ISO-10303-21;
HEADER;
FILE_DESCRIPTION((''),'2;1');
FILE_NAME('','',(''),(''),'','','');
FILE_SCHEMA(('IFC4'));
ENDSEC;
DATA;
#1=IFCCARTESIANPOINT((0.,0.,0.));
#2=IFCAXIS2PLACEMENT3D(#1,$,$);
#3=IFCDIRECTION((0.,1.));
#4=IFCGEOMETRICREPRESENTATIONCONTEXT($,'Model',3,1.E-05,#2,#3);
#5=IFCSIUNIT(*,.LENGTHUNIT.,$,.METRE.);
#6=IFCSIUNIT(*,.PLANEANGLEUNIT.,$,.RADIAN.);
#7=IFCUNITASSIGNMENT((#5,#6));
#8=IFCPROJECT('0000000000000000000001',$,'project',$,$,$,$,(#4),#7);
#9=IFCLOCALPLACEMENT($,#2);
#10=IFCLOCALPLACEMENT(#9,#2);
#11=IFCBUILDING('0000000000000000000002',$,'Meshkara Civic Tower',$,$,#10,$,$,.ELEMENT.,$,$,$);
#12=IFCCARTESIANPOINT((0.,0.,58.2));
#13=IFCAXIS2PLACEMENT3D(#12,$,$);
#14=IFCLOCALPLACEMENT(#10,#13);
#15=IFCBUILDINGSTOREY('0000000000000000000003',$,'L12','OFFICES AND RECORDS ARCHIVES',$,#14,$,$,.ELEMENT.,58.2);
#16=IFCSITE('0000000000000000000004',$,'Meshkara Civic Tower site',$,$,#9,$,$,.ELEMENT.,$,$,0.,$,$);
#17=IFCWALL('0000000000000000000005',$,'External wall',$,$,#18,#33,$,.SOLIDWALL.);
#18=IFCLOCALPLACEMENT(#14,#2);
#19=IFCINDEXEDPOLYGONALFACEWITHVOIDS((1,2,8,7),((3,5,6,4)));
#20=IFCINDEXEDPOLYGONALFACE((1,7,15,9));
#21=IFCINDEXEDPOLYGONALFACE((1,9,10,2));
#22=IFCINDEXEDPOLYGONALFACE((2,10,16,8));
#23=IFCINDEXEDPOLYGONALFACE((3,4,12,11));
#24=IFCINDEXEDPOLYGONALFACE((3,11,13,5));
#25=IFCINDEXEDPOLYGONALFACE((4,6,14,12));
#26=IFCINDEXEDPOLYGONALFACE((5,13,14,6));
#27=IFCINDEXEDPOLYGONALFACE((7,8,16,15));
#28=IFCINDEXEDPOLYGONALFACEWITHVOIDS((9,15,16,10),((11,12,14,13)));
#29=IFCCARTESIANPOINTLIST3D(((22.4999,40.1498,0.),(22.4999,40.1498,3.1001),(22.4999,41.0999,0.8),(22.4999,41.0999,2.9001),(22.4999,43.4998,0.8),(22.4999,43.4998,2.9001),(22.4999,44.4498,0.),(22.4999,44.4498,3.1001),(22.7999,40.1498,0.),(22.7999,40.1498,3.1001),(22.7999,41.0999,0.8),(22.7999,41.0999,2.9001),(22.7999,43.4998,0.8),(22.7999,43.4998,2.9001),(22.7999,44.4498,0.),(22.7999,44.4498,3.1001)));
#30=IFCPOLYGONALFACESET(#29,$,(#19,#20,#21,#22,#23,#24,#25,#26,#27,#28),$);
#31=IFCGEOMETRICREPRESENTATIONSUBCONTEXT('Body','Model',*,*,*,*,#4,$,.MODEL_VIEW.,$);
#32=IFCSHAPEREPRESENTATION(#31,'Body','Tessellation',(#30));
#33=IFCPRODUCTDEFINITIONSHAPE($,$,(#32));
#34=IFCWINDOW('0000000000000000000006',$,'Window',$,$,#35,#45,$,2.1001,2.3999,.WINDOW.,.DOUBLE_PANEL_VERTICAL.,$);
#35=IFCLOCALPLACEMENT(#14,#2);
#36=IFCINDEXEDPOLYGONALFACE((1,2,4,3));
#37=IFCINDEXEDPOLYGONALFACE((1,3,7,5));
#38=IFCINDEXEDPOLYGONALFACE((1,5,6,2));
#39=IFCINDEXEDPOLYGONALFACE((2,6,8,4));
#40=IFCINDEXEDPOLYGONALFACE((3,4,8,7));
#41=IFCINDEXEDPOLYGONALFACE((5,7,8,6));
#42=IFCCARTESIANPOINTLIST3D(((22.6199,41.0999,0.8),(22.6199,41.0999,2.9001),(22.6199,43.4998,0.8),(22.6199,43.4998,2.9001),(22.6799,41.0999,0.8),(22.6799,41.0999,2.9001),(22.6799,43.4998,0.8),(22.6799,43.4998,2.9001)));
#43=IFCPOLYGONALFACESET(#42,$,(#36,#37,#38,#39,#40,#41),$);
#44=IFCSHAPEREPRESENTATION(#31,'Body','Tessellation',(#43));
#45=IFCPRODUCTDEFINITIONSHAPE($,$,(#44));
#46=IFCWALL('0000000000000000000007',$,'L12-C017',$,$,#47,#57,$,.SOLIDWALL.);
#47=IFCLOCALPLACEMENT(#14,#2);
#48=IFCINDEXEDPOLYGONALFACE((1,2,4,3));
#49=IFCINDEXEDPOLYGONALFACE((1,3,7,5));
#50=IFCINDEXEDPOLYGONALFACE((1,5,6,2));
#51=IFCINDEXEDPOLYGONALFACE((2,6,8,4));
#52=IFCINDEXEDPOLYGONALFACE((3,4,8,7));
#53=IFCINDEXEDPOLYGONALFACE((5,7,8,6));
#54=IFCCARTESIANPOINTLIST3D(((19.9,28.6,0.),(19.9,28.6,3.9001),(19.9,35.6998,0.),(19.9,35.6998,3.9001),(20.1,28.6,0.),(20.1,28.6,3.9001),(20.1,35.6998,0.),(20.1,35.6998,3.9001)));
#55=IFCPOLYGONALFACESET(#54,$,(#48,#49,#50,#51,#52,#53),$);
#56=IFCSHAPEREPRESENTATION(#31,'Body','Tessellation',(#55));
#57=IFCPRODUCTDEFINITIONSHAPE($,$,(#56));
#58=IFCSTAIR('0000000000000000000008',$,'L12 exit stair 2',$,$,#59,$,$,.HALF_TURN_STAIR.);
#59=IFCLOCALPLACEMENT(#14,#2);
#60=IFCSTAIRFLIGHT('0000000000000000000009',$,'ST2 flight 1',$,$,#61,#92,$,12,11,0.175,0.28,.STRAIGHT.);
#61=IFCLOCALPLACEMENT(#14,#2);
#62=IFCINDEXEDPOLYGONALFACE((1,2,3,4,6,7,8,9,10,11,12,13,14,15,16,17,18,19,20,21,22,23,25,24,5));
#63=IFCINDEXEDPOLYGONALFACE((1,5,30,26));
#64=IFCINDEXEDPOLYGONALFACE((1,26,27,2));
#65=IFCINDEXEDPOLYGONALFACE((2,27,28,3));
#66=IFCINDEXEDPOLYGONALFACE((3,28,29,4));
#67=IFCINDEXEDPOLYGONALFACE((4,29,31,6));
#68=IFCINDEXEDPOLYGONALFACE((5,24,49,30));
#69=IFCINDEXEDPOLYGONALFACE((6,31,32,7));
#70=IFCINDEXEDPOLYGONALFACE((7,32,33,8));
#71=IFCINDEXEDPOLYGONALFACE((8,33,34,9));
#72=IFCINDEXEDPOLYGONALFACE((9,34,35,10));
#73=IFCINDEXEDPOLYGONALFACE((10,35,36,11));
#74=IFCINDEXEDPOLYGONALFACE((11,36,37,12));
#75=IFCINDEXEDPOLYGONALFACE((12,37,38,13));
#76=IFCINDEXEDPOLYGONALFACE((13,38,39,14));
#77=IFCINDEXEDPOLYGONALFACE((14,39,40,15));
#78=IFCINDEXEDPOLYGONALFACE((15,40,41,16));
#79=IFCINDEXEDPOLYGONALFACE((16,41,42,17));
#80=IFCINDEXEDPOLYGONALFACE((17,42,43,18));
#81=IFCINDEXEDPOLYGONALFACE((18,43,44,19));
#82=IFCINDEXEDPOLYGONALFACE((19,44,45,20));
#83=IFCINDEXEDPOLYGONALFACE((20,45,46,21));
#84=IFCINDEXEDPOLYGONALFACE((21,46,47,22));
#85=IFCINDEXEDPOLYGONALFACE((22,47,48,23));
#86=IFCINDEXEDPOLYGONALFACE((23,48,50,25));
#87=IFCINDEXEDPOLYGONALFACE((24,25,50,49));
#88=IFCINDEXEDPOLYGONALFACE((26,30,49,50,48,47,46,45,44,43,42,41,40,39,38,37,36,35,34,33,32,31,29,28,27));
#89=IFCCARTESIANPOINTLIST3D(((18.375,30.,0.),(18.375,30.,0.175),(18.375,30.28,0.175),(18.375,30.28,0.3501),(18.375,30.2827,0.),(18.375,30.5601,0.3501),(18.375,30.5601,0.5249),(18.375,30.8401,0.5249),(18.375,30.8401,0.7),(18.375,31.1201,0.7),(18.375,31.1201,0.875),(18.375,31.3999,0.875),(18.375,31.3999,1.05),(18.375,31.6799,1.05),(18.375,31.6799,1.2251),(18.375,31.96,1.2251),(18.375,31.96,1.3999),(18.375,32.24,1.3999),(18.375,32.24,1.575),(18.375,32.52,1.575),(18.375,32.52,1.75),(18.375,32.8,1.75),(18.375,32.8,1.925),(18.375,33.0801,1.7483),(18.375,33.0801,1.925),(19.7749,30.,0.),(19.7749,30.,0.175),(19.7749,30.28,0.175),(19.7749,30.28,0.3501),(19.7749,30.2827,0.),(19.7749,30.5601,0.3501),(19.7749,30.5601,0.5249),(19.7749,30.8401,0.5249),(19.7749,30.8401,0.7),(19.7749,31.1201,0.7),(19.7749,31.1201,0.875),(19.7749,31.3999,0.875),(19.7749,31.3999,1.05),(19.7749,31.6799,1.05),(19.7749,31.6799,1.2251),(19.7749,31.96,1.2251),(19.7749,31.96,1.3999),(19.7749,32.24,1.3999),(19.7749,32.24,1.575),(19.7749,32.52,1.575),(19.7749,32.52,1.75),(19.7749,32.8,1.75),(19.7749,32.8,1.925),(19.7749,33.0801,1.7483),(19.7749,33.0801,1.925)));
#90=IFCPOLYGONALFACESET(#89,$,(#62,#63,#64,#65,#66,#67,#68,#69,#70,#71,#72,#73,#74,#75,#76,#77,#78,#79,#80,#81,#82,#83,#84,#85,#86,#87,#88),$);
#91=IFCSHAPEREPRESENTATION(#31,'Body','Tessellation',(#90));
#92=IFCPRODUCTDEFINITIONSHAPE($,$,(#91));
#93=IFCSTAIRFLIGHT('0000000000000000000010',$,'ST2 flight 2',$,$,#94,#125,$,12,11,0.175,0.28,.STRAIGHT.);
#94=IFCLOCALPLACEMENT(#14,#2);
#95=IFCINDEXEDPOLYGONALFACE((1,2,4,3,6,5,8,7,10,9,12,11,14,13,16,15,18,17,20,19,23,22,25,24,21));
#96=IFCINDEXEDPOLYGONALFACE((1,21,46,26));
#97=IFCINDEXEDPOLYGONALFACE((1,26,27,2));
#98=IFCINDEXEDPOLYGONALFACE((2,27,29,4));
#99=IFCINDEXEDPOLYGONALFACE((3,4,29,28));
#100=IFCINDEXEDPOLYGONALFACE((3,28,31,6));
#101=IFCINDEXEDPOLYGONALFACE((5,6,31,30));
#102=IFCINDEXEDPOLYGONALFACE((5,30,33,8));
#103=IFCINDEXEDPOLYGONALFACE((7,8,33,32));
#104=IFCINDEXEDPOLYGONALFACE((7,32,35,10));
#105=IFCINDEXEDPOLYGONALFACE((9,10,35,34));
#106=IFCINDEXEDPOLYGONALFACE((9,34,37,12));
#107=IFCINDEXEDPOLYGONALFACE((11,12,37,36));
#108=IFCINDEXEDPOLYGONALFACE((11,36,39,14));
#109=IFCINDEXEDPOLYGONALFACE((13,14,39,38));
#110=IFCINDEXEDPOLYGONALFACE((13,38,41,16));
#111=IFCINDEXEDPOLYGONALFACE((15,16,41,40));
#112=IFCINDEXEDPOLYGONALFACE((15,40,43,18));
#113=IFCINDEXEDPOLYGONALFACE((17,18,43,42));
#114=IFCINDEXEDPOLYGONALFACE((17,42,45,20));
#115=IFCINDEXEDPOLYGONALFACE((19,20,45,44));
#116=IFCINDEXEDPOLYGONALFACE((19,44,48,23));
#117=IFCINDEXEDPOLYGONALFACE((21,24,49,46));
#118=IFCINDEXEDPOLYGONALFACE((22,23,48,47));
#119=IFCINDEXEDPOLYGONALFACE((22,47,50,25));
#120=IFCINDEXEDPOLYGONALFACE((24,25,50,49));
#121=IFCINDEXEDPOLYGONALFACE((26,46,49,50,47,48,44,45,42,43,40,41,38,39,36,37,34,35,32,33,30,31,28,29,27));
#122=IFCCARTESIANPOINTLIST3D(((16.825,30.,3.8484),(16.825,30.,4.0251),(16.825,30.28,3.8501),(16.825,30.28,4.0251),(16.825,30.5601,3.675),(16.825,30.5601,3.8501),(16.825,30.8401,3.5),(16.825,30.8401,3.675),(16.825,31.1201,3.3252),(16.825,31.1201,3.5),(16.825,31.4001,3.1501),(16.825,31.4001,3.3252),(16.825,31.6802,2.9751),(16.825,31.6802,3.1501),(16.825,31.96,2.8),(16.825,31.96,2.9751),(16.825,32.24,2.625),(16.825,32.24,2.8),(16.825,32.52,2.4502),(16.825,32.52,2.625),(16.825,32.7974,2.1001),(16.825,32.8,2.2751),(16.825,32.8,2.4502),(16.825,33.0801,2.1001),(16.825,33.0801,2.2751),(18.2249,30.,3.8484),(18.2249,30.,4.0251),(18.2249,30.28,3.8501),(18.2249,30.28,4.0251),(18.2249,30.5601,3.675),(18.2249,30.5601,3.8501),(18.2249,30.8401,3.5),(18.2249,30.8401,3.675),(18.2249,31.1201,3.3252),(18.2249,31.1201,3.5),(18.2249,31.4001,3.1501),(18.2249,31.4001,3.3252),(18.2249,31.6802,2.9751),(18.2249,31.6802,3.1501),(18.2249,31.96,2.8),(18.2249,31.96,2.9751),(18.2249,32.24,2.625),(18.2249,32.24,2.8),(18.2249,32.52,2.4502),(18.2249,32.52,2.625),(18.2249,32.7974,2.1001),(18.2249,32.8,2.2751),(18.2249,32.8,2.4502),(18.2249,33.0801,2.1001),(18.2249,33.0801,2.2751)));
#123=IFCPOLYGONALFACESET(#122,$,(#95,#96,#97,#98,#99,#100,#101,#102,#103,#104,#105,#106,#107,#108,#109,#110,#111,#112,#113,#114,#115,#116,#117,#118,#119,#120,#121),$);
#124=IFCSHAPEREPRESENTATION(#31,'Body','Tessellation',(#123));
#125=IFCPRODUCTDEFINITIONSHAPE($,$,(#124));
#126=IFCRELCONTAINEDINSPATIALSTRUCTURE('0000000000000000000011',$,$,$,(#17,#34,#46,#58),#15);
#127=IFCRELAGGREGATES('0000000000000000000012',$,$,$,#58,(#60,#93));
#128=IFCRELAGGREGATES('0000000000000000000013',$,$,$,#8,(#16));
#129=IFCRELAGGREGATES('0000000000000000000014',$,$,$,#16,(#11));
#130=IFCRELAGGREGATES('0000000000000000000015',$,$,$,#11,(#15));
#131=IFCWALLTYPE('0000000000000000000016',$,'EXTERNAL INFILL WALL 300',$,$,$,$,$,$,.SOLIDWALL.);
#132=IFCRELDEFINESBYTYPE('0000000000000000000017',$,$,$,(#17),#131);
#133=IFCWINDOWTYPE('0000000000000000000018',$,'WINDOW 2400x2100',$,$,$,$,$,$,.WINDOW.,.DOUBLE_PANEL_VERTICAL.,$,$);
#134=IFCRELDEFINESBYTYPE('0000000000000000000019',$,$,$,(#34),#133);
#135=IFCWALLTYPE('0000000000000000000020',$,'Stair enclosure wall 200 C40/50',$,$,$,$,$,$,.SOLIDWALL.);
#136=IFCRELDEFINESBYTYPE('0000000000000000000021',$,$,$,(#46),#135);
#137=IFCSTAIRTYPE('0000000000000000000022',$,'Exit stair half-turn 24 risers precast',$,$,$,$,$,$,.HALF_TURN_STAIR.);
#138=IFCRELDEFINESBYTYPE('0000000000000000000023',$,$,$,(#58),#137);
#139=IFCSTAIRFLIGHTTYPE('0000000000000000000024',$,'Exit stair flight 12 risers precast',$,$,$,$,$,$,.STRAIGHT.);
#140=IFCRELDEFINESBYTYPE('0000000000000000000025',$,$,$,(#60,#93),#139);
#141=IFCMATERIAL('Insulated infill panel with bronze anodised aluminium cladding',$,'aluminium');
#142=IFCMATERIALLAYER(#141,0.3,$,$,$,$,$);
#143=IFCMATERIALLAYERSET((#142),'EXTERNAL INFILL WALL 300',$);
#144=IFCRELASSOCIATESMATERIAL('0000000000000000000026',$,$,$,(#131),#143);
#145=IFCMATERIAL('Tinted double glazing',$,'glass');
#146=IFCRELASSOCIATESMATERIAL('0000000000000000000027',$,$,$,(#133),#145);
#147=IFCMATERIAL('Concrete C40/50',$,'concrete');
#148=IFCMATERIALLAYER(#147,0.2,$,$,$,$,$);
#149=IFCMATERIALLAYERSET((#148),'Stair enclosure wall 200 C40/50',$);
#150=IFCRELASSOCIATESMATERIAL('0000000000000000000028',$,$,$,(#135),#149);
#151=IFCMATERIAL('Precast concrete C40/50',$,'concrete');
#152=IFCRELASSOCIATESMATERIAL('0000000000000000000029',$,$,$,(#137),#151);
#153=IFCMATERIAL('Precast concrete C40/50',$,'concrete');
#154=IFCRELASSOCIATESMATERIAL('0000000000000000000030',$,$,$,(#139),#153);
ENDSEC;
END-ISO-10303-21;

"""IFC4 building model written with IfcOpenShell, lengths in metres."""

from ifc_helpers import new_model, si_unit, direction, frame, frame_2d, origin, place, context, subcontext, project, spatial, polyline, rectangle, outline, extrude, material, layer, layer_set, type_object, element, fill, aggregate, save


model = new_model("IFC4")

# Units and contexts
model_context = context("Model", 3, precision=1e-05, world=origin(), true_north=direction((0.0, 1.0)))
body_context = subcontext(model_context, "Body", "Model", "MODEL_VIEW")
ifc_project = project(units=[si_unit("LENGTHUNIT", "METRE"), si_unit("PLANEANGLEUNIT", "RADIAN")], contexts=[model_context])

# Site, building, storey
site_placement = place(None, origin())
site = spatial("IfcSite", under=ifc_project, at=site_placement, Name="Meshkara Civic Tower site", CompositionType="ELEMENT", RefElevation=0.0)
building_placement = place(site_placement, origin())
building = spatial("IfcBuilding", under=site, at=building_placement, Name="Meshkara Civic Tower", CompositionType="ELEMENT")
storey_placement = place(building_placement, frame((0.0, 0.0, 58.2)))
storey = spatial("IfcBuildingStorey", under=building, at=storey_placement, Name="L12", Description="OFFICES AND RECORDS ARCHIVES", CompositionType="ELEMENT", Elevation=58.2)

# Wall, opening, window
ifc_material_1 = material(Name="Insulated infill panel with bronze anodised aluminium cladding", Category="aluminium")
ifc_layer_1 = layer(ifc_material_1, 0.3)
ifc_layer_set_1 = layer_set([ifc_layer_1], Name="EXTERNAL INFILL WALL 300")
wall_type_1 = type_object("IfcWallType", Name="EXTERNAL INFILL WALL 300", PredefinedType="SOLIDWALL", material=ifc_layer_set_1)
ifc_material_2 = material(Name="Tinted double glazing", Category="glass")
window_type_1 = type_object("IfcWindowType", Name="WINDOW 2400x2100", PartitioningType="DOUBLE_PANEL_VERTICAL", PredefinedType="WINDOW", material=ifc_material_2)
wall_1_placement = place(storey_placement, frame((22.6499, 40.1499, 0.0), z_axis=(0.0, 0.0, 1.0), x_axis=(0.0, 1.0, 0.0)))
wall_1 = element("IfcWall", 1, at=wall_1_placement, inside=storey, type_object=wall_type_1, Name="External wall", PredefinedType="SOLIDWALL", context=body_context, shape_type="SweptSolid", body=[
    extrude(rectangle(XDim=4.3, YDim=0.3, at=frame_2d((2.1499, 0.0))), origin(), (0.0, 0.0, 1.0), 3.1001),
])
opening_1_placement = place(wall_1_placement, frame((0.95, 0.0, 0.8)))
opening_1 = element("IfcOpeningElement", 2, at=opening_1_placement, cuts=wall_1, PredefinedType="OPENING", context=body_context, shape_type="SweptSolid", body=[
    extrude(rectangle(XDim=2.3999, YDim=2.1001, at=frame_2d((1.2, 1.05))), frame((0.0, 0.1599, 0.0), z_axis=(0.0, -1.0, 0.0), x_axis=(1.0, 0.0, 0.0)), (0.0, 0.0, 1.0), 0.3201),
])
window_1_placement = place(opening_1_placement, origin())
window_1 = element("IfcWindow", 3, at=window_1_placement, inside=storey, type_object=window_type_1, Name="Window", OverallHeight=2.1001, OverallWidth=2.3999, PartitioningType="DOUBLE_PANEL_VERTICAL", PredefinedType="WINDOW", context=body_context, shape_type="SweptSolid", body=[
    extrude(rectangle(XDim=2.3999, YDim=2.1001, at=frame_2d((1.2, 1.05))), frame((0.0, 0.03, 0.0), z_axis=(0.0, -1.0, 0.0), x_axis=(1.0, 0.0, 0.0)), (0.0, 0.0, 1.0), 0.0601),
])
fill(opening_1, window_1)

# Wall
ifc_material_3 = material(Name="Concrete C40/50", Category="concrete")
ifc_layer_2 = layer(ifc_material_3, 0.2)
ifc_layer_set_2 = layer_set([ifc_layer_2], Name="Stair enclosure wall 200 C40/50")
wall_type_2 = type_object("IfcWallType", Name="Stair enclosure wall 200 C40/50", PredefinedType="SOLIDWALL", material=ifc_layer_set_2)
wall_2_placement = place(storey_placement, frame((20.0, 28.6001, 0.0), z_axis=(0.0, 0.0, 1.0), x_axis=(0.0, 1.0, 0.0)))
element("IfcWall", 4, at=wall_2_placement, inside=storey, type_object=wall_type_2, Name="L12-C017", PredefinedType="SOLIDWALL", context=body_context, shape_type="SweptSolid", body=[
    extrude(rectangle(XDim=7.0999, YDim=0.2, at=frame_2d((3.5498, 0.0))), origin(), (0.0, 0.0, 1.0), 3.9001),
])

# Stair, stair flights
ifc_material_4 = material(Name="Precast concrete C40/50", Category="concrete")
stair_type = type_object("IfcStairType", Name="Exit stair half-turn 24 risers precast", PredefinedType="HALF_TURN_STAIR", material=ifc_material_4)
stair_placement = place(storey_placement, origin())
stair = element("IfcStair", 5, at=stair_placement, inside=storey, type_object=stair_type, Name="L12 exit stair 2", PredefinedType="HALF_TURN_STAIR")
ifc_material_5 = material(Name="Precast concrete C40/50", Category="concrete")
stair_flight_type = type_object("IfcStairFlightType", Name="Exit stair flight 12 risers precast", PredefinedType="STRAIGHT", material=ifc_material_5)
stair_flight_1_placement = place(storey_placement, frame((19.075, 30.0, 0.0), z_axis=(0.0, 0.0, 1.0), x_axis=(0.0, 1.0, 0.0)))
stair_flight_1 = element("IfcStairFlight", 6, at=stair_flight_1_placement, type_object=stair_flight_type, Name="ST2 flight 1", NumberOfRisers=12, NumberOfTreads=11, PredefinedType="STRAIGHT", RiserHeight=0.175, TreadLength=0.28, context=body_context, shape_type="SweptSolid", body=[
    extrude(outline(polyline([(0.0, 0.0), (0.0, 0.175), (0.28, 0.175), (0.28, 0.3501), (0.5601, 0.3501), (0.5601, 0.5249), (0.8401, 0.5249), (0.8401, 0.7), (1.1201, 0.7), (1.1201, 0.875), (1.3999, 0.875), (1.3999, 1.05), (1.6799, 1.05), (1.6799, 1.2251), (1.96, 1.2251), (1.96, 1.3999), (2.24, 1.3999), (2.24, 1.575), (2.52, 1.575), (2.52, 1.75), (2.8, 1.75), (2.8, 1.925), (3.0801, 1.925), (3.0801, 2.1001), (3.0801, 1.7483), (0.2827, 0.0), (0.0, 0.0)])), frame((0.0, 0.7, 0.0), z_axis=(0.0, -1.0, 0.0), x_axis=(1.0, 0.0, 0.0)), (0.0, 0.0, 1.0), 1.3999),
])
stair_flight_2_placement = place(storey_placement, frame((17.5249, 33.0801, 2.1001), z_axis=(0.0, 0.0, 1.0), x_axis=(0.0, -1.0, 0.0)))
stair_flight_2 = element("IfcStairFlight", 7, at=stair_flight_2_placement, type_object=stair_flight_type, Name="ST2 flight 2", NumberOfRisers=12, NumberOfTreads=11, PredefinedType="STRAIGHT", RiserHeight=0.175, TreadLength=0.28, context=body_context, shape_type="SweptSolid", body=[
    extrude(outline(polyline([(0.0, 0.0), (0.0, 0.175), (0.28, 0.175), (0.28, 0.3501), (0.5601, 0.3501), (0.5601, 0.5249), (0.8401, 0.5249), (0.8401, 0.7), (1.1201, 0.7), (1.1201, 0.875), (1.3999, 0.875), (1.3999, 1.05), (1.6799, 1.05), (1.6799, 1.2251), (1.96, 1.2251), (1.96, 1.3999), (2.24, 1.3999), (2.24, 1.575), (2.52, 1.575), (2.52, 1.75), (2.8, 1.75), (2.8, 1.925), (3.0801, 1.925), (3.0801, 2.1001), (3.0801, 1.7483), (0.2827, 0.0), (0.0, 0.0)])), frame((0.0, 0.7, 0.0), z_axis=(0.0, -1.0, 0.0), x_axis=(1.0, 0.0, 0.0)), (0.0, 0.0, 1.0), 1.3999),
])
aggregate(stair, [stair_flight_1, stair_flight_2])

save(model, "model.ifc")
